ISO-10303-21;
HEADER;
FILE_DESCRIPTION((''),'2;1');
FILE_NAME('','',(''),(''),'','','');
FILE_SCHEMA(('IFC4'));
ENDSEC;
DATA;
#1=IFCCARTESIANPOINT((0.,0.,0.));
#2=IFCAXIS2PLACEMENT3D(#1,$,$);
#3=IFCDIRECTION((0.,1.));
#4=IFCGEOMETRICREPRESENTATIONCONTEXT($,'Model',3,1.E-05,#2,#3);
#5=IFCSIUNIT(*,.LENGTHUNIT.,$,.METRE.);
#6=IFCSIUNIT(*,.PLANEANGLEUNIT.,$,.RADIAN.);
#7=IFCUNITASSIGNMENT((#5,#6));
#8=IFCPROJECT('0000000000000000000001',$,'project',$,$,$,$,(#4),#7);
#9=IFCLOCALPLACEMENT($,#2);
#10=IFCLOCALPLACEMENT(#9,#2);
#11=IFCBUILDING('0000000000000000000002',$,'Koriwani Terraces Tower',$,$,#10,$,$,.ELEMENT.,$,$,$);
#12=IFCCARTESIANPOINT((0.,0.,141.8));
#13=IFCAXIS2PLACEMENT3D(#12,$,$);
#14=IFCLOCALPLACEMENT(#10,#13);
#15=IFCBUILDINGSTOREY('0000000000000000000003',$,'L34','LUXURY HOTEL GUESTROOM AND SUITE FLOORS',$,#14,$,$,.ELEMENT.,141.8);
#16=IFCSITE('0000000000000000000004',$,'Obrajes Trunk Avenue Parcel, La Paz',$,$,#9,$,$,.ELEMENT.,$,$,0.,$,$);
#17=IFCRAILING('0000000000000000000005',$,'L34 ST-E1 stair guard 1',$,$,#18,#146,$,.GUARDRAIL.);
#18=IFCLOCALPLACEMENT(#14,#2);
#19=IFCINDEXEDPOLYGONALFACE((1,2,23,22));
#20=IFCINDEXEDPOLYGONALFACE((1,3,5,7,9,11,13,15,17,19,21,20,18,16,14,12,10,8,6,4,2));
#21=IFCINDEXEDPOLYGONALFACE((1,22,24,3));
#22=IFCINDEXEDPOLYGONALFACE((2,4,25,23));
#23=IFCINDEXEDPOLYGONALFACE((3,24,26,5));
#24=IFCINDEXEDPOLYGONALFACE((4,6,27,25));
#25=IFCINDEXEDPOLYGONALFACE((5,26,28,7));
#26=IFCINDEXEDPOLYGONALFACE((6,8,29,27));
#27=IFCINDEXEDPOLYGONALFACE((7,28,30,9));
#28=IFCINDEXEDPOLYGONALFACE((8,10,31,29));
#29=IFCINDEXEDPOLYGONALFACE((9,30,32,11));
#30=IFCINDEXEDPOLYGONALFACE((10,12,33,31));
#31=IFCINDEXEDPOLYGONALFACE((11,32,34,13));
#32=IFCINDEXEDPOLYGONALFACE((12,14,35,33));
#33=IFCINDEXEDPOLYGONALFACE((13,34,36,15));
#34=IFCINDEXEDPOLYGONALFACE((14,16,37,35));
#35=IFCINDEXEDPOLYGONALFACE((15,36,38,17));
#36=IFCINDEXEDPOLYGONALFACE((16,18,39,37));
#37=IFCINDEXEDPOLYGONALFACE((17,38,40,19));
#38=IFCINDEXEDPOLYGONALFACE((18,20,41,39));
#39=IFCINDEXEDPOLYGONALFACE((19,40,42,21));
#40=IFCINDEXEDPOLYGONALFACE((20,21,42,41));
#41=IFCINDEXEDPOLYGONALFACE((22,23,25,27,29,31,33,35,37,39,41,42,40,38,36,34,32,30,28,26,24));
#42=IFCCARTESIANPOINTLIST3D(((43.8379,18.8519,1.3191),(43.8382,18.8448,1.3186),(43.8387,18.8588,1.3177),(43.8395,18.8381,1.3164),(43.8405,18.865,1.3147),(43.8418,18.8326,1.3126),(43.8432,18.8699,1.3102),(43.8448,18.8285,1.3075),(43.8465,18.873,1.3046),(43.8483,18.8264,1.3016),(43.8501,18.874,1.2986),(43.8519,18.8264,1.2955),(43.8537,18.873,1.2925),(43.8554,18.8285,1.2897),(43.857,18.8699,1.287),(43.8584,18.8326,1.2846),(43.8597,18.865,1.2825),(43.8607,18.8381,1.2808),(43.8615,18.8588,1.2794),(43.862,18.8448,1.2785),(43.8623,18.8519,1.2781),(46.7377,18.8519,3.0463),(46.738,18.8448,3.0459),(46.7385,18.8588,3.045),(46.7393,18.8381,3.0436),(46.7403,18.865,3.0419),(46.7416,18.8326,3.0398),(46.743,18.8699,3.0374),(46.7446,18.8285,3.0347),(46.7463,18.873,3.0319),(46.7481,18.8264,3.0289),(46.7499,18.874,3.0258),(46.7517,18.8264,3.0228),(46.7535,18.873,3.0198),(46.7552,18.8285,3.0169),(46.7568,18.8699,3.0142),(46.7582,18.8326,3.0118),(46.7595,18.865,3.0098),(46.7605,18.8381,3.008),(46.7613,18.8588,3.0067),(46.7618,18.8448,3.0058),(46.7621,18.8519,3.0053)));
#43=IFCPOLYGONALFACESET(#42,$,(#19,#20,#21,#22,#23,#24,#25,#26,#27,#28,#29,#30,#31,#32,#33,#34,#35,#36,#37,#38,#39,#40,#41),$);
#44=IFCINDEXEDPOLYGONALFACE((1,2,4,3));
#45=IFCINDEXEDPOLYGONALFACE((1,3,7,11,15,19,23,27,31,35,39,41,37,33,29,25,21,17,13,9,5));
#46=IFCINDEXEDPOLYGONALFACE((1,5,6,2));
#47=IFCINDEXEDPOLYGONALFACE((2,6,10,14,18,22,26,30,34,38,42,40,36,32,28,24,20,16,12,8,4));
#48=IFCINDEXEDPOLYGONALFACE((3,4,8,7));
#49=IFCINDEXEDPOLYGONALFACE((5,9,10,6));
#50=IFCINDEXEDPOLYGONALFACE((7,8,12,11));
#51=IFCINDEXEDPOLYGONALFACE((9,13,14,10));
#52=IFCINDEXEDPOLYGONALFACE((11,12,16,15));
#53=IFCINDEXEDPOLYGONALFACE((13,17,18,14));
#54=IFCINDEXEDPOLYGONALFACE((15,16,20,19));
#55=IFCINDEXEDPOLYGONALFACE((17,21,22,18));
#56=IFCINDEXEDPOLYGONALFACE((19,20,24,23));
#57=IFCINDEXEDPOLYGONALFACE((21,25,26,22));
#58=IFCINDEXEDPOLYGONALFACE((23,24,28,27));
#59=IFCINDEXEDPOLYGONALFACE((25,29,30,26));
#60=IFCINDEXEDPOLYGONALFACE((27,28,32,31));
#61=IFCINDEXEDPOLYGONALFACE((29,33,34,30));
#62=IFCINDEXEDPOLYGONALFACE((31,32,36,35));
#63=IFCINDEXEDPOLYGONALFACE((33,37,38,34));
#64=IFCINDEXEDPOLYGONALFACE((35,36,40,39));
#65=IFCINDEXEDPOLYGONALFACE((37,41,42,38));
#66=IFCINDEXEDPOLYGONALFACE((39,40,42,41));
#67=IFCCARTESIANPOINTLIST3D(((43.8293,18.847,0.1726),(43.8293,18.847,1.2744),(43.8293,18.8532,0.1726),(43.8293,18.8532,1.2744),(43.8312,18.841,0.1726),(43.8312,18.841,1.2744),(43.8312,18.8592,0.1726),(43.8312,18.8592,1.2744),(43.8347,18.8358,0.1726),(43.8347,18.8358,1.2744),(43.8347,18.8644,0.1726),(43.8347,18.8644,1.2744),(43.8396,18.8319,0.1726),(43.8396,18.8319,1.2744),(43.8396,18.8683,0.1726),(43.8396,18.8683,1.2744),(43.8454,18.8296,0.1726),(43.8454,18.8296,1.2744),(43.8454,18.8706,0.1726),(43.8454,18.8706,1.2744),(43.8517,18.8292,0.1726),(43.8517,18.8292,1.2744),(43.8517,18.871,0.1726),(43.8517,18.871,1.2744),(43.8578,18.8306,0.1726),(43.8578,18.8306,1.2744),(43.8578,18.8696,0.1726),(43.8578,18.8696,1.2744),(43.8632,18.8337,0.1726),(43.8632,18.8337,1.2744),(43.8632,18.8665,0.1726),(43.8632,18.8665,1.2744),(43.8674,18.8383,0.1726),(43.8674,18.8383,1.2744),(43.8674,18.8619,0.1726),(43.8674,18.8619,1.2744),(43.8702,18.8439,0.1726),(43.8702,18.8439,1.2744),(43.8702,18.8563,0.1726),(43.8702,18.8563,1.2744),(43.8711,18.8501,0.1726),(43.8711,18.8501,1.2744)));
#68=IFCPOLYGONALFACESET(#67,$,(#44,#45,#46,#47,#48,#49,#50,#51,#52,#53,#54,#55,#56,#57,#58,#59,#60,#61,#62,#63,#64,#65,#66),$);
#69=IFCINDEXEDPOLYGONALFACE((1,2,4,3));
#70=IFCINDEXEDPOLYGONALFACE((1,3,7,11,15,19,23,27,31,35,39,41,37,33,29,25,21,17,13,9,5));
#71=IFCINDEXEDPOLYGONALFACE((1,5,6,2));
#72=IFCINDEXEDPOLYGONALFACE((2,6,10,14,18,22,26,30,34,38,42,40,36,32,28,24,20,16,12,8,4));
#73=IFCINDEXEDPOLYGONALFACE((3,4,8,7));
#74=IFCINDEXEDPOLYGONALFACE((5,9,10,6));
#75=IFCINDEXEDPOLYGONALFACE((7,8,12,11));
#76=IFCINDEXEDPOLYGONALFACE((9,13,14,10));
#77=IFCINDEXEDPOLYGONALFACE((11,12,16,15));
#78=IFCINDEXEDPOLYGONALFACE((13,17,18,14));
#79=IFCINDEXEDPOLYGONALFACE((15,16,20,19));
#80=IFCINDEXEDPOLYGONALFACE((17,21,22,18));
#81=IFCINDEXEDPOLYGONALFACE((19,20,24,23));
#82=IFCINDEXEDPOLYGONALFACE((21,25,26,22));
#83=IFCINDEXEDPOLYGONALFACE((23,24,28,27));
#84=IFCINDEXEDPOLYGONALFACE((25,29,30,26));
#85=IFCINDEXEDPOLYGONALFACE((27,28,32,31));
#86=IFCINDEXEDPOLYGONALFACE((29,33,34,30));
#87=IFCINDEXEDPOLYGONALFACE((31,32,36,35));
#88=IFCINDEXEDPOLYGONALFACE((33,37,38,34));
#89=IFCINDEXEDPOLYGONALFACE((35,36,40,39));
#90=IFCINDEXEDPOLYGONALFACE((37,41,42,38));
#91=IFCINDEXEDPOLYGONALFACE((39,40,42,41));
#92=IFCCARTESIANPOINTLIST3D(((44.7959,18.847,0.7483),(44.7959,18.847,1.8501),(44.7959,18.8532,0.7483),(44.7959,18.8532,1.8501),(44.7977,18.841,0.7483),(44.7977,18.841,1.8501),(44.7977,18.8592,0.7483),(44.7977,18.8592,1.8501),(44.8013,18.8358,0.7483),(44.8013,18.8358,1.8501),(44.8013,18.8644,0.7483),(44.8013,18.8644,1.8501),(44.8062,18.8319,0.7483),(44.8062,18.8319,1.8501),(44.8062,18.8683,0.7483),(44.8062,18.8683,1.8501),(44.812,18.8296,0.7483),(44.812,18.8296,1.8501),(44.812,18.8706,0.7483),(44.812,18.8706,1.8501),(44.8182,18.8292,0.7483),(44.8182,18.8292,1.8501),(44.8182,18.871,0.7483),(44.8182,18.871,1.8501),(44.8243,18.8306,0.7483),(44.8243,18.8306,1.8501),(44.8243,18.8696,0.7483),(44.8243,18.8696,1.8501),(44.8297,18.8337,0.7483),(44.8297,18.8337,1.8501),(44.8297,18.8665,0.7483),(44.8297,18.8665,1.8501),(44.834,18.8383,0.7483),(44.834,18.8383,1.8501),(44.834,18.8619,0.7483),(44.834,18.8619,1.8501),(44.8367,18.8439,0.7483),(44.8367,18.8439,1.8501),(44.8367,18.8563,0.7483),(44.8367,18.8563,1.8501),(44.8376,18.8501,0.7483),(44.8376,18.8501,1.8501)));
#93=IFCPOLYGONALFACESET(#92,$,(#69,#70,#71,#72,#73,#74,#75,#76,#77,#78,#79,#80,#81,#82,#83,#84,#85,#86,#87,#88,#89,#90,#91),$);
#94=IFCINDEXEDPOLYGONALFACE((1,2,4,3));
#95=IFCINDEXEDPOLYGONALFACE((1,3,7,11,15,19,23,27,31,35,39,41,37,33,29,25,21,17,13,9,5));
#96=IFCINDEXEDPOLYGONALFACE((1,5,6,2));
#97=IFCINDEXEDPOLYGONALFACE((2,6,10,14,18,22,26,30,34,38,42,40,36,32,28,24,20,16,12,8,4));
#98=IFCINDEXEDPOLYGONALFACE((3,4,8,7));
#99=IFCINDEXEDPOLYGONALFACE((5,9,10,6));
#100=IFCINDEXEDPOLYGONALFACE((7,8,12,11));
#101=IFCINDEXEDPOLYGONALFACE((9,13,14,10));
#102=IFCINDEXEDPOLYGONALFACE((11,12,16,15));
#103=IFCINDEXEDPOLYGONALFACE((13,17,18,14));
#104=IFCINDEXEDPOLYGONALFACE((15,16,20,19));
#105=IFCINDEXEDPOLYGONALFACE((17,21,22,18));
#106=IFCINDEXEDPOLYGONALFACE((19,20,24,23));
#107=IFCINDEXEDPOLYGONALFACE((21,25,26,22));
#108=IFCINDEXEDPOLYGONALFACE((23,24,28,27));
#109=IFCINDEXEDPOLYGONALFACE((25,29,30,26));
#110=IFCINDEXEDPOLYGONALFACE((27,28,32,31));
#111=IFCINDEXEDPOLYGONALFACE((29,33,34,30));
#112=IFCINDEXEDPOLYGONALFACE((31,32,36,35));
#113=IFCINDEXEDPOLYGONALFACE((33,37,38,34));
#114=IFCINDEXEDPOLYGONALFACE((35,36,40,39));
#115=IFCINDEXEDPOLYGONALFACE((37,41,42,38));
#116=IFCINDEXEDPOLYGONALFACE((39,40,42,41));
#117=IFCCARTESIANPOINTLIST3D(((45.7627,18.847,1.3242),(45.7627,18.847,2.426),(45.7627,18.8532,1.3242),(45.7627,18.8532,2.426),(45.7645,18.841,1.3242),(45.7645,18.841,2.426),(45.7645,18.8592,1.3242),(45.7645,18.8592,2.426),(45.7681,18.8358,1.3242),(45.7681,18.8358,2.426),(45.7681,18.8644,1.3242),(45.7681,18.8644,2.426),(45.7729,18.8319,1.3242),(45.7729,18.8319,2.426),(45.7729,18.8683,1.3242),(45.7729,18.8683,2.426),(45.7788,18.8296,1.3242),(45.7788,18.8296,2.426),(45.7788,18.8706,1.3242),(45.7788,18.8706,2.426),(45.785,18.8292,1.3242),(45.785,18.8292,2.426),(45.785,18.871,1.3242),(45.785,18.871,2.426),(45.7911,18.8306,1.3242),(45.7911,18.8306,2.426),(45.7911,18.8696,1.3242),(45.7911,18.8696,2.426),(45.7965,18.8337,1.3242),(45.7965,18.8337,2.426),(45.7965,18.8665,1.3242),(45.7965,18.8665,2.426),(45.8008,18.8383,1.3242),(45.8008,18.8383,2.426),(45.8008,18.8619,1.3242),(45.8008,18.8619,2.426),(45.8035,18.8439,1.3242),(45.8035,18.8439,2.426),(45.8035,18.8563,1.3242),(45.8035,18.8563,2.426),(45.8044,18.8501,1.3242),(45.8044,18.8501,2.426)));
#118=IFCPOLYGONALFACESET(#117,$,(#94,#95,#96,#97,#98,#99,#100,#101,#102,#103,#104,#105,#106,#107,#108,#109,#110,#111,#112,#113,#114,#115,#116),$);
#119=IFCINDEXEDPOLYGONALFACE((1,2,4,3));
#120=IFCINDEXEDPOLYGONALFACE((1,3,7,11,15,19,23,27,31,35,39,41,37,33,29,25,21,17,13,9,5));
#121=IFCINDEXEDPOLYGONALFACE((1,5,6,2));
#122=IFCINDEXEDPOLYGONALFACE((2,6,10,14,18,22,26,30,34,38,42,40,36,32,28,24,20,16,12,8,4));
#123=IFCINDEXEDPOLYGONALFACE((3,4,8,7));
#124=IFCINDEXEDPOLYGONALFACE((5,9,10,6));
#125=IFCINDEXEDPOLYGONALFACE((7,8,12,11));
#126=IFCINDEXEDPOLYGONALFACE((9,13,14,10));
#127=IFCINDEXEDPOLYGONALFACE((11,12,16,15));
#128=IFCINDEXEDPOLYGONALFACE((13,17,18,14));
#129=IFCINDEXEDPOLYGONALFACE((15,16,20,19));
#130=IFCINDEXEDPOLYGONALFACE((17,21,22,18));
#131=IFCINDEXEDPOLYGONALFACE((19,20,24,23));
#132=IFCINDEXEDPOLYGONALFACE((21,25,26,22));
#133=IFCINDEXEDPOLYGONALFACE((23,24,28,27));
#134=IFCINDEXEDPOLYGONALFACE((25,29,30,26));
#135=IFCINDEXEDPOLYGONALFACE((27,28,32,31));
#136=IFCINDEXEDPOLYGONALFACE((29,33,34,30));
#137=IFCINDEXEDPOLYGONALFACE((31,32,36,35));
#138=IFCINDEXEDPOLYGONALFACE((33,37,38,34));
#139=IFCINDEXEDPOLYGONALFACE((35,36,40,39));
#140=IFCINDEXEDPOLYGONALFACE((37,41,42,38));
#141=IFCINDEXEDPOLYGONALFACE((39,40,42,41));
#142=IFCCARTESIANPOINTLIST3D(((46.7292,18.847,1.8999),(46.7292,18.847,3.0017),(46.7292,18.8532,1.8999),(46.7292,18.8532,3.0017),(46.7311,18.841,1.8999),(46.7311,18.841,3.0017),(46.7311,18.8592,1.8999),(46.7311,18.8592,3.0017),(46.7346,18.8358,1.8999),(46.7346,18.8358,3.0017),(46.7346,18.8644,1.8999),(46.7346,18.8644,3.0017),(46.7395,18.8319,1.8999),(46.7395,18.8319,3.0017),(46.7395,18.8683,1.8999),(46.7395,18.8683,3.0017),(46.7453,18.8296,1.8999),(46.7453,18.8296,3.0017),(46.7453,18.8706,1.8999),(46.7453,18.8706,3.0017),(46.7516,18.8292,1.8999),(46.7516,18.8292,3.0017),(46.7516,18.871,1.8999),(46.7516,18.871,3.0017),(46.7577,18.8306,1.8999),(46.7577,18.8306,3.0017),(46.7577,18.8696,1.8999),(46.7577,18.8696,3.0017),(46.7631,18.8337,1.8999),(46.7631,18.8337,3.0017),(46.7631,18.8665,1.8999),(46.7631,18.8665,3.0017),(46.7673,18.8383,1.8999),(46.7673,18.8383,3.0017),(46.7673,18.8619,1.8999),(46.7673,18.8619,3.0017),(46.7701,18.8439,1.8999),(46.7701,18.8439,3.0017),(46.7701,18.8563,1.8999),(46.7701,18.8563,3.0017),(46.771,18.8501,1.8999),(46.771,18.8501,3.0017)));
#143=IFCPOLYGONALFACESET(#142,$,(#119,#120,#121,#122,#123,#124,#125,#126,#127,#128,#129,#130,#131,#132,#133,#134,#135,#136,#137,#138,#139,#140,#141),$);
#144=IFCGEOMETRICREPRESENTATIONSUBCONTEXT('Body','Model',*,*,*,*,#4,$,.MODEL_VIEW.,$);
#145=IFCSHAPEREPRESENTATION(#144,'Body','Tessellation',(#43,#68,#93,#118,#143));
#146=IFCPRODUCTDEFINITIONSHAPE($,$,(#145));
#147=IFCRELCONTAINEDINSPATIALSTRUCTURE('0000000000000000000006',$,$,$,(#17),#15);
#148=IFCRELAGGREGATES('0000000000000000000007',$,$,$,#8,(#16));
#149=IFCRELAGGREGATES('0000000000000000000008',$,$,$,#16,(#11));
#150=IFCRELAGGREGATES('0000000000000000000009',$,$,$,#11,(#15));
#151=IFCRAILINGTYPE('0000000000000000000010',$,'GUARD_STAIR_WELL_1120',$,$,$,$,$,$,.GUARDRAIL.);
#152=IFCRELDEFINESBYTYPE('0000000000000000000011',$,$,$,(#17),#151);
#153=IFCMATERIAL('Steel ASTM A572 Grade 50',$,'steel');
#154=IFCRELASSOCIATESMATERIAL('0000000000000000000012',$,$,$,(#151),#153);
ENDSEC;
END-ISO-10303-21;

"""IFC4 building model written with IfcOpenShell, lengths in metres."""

from ifc_helpers import new_model, si_unit, direction, frame, origin, origin_2d, place, context, subcontext, project, spatial, circle, extrude, material, type_object, element, save


model = new_model("IFC4")

# Units and contexts
model_context = context("Model", 3, precision=1e-05, world=origin(), true_north=direction((0.0, 1.0)))
body_context = subcontext(model_context, "Body", "Model", "MODEL_VIEW")
ifc_project = project(units=[si_unit("LENGTHUNIT", "METRE"), si_unit("PLANEANGLEUNIT", "RADIAN")], contexts=[model_context])

# Site, building, storey
site_placement = place(None, origin())
site = spatial("IfcSite", under=ifc_project, at=site_placement, Name="Obrajes Trunk Avenue Parcel, La Paz", CompositionType="ELEMENT", RefElevation=0.0)
building_placement = place(site_placement, origin())
building = spatial("IfcBuilding", under=site, at=building_placement, Name="Koriwani Terraces Tower", CompositionType="ELEMENT")
storey_placement = place(building_placement, frame((0.0, 0.0, 141.8)))
storey = spatial("IfcBuildingStorey", under=building, at=storey_placement, Name="L34", Description="LUXURY HOTEL GUESTROOM AND SUITE FLOORS", CompositionType="ELEMENT", Elevation=141.8)

# Shared definitions
ifc_material_1 = material(Name="Steel ASTM A572 Grade 50", Category="steel")

# Railing
railing_type_1 = type_object("IfcRailingType", Name="GUARD_STAIR_WELL_1120", PredefinedType="GUARDRAIL", material=ifc_material_1)
railing_1_placement = place(storey_placement, frame((43.8501, 18.8501, 0.1726)))
element("IfcRailing", 1, at=railing_1_placement, inside=storey, type_object=railing_type_1, Name="L34 ST-E1 stair guard 1", PredefinedType="GUARDRAIL", context=body_context, shape_type="SweptSolid", body=[
    extrude(circle(Radius=0.0239, at=origin_2d()), frame((0.0, 0.0, 1.126), z_axis=(0.859141, 0.0, 0.511738), x_axis=(0.0, 1.0, 0.0)), (0.0, 0.0, 1.0), 3.3752),
    extrude(circle(Radius=0.021, at=origin_2d()), origin(), (0.0, 0.0, 1.0), 1.1018),
    extrude(circle(Radius=0.021, at=origin_2d()), frame((0.9666, 0.0, 0.5757)), (0.0, 0.0, 1.0), 1.1018),
    extrude(circle(Radius=0.021, at=origin_2d()), frame((1.9333, 0.0, 1.1516)), (0.0, 0.0, 1.0), 1.1018),
    extrude(circle(Radius=0.021, at=origin_2d()), frame((2.8999, 0.0, 1.7273)), (0.0, 0.0, 1.0), 1.1018),
])

save(model, "model.ifc")
